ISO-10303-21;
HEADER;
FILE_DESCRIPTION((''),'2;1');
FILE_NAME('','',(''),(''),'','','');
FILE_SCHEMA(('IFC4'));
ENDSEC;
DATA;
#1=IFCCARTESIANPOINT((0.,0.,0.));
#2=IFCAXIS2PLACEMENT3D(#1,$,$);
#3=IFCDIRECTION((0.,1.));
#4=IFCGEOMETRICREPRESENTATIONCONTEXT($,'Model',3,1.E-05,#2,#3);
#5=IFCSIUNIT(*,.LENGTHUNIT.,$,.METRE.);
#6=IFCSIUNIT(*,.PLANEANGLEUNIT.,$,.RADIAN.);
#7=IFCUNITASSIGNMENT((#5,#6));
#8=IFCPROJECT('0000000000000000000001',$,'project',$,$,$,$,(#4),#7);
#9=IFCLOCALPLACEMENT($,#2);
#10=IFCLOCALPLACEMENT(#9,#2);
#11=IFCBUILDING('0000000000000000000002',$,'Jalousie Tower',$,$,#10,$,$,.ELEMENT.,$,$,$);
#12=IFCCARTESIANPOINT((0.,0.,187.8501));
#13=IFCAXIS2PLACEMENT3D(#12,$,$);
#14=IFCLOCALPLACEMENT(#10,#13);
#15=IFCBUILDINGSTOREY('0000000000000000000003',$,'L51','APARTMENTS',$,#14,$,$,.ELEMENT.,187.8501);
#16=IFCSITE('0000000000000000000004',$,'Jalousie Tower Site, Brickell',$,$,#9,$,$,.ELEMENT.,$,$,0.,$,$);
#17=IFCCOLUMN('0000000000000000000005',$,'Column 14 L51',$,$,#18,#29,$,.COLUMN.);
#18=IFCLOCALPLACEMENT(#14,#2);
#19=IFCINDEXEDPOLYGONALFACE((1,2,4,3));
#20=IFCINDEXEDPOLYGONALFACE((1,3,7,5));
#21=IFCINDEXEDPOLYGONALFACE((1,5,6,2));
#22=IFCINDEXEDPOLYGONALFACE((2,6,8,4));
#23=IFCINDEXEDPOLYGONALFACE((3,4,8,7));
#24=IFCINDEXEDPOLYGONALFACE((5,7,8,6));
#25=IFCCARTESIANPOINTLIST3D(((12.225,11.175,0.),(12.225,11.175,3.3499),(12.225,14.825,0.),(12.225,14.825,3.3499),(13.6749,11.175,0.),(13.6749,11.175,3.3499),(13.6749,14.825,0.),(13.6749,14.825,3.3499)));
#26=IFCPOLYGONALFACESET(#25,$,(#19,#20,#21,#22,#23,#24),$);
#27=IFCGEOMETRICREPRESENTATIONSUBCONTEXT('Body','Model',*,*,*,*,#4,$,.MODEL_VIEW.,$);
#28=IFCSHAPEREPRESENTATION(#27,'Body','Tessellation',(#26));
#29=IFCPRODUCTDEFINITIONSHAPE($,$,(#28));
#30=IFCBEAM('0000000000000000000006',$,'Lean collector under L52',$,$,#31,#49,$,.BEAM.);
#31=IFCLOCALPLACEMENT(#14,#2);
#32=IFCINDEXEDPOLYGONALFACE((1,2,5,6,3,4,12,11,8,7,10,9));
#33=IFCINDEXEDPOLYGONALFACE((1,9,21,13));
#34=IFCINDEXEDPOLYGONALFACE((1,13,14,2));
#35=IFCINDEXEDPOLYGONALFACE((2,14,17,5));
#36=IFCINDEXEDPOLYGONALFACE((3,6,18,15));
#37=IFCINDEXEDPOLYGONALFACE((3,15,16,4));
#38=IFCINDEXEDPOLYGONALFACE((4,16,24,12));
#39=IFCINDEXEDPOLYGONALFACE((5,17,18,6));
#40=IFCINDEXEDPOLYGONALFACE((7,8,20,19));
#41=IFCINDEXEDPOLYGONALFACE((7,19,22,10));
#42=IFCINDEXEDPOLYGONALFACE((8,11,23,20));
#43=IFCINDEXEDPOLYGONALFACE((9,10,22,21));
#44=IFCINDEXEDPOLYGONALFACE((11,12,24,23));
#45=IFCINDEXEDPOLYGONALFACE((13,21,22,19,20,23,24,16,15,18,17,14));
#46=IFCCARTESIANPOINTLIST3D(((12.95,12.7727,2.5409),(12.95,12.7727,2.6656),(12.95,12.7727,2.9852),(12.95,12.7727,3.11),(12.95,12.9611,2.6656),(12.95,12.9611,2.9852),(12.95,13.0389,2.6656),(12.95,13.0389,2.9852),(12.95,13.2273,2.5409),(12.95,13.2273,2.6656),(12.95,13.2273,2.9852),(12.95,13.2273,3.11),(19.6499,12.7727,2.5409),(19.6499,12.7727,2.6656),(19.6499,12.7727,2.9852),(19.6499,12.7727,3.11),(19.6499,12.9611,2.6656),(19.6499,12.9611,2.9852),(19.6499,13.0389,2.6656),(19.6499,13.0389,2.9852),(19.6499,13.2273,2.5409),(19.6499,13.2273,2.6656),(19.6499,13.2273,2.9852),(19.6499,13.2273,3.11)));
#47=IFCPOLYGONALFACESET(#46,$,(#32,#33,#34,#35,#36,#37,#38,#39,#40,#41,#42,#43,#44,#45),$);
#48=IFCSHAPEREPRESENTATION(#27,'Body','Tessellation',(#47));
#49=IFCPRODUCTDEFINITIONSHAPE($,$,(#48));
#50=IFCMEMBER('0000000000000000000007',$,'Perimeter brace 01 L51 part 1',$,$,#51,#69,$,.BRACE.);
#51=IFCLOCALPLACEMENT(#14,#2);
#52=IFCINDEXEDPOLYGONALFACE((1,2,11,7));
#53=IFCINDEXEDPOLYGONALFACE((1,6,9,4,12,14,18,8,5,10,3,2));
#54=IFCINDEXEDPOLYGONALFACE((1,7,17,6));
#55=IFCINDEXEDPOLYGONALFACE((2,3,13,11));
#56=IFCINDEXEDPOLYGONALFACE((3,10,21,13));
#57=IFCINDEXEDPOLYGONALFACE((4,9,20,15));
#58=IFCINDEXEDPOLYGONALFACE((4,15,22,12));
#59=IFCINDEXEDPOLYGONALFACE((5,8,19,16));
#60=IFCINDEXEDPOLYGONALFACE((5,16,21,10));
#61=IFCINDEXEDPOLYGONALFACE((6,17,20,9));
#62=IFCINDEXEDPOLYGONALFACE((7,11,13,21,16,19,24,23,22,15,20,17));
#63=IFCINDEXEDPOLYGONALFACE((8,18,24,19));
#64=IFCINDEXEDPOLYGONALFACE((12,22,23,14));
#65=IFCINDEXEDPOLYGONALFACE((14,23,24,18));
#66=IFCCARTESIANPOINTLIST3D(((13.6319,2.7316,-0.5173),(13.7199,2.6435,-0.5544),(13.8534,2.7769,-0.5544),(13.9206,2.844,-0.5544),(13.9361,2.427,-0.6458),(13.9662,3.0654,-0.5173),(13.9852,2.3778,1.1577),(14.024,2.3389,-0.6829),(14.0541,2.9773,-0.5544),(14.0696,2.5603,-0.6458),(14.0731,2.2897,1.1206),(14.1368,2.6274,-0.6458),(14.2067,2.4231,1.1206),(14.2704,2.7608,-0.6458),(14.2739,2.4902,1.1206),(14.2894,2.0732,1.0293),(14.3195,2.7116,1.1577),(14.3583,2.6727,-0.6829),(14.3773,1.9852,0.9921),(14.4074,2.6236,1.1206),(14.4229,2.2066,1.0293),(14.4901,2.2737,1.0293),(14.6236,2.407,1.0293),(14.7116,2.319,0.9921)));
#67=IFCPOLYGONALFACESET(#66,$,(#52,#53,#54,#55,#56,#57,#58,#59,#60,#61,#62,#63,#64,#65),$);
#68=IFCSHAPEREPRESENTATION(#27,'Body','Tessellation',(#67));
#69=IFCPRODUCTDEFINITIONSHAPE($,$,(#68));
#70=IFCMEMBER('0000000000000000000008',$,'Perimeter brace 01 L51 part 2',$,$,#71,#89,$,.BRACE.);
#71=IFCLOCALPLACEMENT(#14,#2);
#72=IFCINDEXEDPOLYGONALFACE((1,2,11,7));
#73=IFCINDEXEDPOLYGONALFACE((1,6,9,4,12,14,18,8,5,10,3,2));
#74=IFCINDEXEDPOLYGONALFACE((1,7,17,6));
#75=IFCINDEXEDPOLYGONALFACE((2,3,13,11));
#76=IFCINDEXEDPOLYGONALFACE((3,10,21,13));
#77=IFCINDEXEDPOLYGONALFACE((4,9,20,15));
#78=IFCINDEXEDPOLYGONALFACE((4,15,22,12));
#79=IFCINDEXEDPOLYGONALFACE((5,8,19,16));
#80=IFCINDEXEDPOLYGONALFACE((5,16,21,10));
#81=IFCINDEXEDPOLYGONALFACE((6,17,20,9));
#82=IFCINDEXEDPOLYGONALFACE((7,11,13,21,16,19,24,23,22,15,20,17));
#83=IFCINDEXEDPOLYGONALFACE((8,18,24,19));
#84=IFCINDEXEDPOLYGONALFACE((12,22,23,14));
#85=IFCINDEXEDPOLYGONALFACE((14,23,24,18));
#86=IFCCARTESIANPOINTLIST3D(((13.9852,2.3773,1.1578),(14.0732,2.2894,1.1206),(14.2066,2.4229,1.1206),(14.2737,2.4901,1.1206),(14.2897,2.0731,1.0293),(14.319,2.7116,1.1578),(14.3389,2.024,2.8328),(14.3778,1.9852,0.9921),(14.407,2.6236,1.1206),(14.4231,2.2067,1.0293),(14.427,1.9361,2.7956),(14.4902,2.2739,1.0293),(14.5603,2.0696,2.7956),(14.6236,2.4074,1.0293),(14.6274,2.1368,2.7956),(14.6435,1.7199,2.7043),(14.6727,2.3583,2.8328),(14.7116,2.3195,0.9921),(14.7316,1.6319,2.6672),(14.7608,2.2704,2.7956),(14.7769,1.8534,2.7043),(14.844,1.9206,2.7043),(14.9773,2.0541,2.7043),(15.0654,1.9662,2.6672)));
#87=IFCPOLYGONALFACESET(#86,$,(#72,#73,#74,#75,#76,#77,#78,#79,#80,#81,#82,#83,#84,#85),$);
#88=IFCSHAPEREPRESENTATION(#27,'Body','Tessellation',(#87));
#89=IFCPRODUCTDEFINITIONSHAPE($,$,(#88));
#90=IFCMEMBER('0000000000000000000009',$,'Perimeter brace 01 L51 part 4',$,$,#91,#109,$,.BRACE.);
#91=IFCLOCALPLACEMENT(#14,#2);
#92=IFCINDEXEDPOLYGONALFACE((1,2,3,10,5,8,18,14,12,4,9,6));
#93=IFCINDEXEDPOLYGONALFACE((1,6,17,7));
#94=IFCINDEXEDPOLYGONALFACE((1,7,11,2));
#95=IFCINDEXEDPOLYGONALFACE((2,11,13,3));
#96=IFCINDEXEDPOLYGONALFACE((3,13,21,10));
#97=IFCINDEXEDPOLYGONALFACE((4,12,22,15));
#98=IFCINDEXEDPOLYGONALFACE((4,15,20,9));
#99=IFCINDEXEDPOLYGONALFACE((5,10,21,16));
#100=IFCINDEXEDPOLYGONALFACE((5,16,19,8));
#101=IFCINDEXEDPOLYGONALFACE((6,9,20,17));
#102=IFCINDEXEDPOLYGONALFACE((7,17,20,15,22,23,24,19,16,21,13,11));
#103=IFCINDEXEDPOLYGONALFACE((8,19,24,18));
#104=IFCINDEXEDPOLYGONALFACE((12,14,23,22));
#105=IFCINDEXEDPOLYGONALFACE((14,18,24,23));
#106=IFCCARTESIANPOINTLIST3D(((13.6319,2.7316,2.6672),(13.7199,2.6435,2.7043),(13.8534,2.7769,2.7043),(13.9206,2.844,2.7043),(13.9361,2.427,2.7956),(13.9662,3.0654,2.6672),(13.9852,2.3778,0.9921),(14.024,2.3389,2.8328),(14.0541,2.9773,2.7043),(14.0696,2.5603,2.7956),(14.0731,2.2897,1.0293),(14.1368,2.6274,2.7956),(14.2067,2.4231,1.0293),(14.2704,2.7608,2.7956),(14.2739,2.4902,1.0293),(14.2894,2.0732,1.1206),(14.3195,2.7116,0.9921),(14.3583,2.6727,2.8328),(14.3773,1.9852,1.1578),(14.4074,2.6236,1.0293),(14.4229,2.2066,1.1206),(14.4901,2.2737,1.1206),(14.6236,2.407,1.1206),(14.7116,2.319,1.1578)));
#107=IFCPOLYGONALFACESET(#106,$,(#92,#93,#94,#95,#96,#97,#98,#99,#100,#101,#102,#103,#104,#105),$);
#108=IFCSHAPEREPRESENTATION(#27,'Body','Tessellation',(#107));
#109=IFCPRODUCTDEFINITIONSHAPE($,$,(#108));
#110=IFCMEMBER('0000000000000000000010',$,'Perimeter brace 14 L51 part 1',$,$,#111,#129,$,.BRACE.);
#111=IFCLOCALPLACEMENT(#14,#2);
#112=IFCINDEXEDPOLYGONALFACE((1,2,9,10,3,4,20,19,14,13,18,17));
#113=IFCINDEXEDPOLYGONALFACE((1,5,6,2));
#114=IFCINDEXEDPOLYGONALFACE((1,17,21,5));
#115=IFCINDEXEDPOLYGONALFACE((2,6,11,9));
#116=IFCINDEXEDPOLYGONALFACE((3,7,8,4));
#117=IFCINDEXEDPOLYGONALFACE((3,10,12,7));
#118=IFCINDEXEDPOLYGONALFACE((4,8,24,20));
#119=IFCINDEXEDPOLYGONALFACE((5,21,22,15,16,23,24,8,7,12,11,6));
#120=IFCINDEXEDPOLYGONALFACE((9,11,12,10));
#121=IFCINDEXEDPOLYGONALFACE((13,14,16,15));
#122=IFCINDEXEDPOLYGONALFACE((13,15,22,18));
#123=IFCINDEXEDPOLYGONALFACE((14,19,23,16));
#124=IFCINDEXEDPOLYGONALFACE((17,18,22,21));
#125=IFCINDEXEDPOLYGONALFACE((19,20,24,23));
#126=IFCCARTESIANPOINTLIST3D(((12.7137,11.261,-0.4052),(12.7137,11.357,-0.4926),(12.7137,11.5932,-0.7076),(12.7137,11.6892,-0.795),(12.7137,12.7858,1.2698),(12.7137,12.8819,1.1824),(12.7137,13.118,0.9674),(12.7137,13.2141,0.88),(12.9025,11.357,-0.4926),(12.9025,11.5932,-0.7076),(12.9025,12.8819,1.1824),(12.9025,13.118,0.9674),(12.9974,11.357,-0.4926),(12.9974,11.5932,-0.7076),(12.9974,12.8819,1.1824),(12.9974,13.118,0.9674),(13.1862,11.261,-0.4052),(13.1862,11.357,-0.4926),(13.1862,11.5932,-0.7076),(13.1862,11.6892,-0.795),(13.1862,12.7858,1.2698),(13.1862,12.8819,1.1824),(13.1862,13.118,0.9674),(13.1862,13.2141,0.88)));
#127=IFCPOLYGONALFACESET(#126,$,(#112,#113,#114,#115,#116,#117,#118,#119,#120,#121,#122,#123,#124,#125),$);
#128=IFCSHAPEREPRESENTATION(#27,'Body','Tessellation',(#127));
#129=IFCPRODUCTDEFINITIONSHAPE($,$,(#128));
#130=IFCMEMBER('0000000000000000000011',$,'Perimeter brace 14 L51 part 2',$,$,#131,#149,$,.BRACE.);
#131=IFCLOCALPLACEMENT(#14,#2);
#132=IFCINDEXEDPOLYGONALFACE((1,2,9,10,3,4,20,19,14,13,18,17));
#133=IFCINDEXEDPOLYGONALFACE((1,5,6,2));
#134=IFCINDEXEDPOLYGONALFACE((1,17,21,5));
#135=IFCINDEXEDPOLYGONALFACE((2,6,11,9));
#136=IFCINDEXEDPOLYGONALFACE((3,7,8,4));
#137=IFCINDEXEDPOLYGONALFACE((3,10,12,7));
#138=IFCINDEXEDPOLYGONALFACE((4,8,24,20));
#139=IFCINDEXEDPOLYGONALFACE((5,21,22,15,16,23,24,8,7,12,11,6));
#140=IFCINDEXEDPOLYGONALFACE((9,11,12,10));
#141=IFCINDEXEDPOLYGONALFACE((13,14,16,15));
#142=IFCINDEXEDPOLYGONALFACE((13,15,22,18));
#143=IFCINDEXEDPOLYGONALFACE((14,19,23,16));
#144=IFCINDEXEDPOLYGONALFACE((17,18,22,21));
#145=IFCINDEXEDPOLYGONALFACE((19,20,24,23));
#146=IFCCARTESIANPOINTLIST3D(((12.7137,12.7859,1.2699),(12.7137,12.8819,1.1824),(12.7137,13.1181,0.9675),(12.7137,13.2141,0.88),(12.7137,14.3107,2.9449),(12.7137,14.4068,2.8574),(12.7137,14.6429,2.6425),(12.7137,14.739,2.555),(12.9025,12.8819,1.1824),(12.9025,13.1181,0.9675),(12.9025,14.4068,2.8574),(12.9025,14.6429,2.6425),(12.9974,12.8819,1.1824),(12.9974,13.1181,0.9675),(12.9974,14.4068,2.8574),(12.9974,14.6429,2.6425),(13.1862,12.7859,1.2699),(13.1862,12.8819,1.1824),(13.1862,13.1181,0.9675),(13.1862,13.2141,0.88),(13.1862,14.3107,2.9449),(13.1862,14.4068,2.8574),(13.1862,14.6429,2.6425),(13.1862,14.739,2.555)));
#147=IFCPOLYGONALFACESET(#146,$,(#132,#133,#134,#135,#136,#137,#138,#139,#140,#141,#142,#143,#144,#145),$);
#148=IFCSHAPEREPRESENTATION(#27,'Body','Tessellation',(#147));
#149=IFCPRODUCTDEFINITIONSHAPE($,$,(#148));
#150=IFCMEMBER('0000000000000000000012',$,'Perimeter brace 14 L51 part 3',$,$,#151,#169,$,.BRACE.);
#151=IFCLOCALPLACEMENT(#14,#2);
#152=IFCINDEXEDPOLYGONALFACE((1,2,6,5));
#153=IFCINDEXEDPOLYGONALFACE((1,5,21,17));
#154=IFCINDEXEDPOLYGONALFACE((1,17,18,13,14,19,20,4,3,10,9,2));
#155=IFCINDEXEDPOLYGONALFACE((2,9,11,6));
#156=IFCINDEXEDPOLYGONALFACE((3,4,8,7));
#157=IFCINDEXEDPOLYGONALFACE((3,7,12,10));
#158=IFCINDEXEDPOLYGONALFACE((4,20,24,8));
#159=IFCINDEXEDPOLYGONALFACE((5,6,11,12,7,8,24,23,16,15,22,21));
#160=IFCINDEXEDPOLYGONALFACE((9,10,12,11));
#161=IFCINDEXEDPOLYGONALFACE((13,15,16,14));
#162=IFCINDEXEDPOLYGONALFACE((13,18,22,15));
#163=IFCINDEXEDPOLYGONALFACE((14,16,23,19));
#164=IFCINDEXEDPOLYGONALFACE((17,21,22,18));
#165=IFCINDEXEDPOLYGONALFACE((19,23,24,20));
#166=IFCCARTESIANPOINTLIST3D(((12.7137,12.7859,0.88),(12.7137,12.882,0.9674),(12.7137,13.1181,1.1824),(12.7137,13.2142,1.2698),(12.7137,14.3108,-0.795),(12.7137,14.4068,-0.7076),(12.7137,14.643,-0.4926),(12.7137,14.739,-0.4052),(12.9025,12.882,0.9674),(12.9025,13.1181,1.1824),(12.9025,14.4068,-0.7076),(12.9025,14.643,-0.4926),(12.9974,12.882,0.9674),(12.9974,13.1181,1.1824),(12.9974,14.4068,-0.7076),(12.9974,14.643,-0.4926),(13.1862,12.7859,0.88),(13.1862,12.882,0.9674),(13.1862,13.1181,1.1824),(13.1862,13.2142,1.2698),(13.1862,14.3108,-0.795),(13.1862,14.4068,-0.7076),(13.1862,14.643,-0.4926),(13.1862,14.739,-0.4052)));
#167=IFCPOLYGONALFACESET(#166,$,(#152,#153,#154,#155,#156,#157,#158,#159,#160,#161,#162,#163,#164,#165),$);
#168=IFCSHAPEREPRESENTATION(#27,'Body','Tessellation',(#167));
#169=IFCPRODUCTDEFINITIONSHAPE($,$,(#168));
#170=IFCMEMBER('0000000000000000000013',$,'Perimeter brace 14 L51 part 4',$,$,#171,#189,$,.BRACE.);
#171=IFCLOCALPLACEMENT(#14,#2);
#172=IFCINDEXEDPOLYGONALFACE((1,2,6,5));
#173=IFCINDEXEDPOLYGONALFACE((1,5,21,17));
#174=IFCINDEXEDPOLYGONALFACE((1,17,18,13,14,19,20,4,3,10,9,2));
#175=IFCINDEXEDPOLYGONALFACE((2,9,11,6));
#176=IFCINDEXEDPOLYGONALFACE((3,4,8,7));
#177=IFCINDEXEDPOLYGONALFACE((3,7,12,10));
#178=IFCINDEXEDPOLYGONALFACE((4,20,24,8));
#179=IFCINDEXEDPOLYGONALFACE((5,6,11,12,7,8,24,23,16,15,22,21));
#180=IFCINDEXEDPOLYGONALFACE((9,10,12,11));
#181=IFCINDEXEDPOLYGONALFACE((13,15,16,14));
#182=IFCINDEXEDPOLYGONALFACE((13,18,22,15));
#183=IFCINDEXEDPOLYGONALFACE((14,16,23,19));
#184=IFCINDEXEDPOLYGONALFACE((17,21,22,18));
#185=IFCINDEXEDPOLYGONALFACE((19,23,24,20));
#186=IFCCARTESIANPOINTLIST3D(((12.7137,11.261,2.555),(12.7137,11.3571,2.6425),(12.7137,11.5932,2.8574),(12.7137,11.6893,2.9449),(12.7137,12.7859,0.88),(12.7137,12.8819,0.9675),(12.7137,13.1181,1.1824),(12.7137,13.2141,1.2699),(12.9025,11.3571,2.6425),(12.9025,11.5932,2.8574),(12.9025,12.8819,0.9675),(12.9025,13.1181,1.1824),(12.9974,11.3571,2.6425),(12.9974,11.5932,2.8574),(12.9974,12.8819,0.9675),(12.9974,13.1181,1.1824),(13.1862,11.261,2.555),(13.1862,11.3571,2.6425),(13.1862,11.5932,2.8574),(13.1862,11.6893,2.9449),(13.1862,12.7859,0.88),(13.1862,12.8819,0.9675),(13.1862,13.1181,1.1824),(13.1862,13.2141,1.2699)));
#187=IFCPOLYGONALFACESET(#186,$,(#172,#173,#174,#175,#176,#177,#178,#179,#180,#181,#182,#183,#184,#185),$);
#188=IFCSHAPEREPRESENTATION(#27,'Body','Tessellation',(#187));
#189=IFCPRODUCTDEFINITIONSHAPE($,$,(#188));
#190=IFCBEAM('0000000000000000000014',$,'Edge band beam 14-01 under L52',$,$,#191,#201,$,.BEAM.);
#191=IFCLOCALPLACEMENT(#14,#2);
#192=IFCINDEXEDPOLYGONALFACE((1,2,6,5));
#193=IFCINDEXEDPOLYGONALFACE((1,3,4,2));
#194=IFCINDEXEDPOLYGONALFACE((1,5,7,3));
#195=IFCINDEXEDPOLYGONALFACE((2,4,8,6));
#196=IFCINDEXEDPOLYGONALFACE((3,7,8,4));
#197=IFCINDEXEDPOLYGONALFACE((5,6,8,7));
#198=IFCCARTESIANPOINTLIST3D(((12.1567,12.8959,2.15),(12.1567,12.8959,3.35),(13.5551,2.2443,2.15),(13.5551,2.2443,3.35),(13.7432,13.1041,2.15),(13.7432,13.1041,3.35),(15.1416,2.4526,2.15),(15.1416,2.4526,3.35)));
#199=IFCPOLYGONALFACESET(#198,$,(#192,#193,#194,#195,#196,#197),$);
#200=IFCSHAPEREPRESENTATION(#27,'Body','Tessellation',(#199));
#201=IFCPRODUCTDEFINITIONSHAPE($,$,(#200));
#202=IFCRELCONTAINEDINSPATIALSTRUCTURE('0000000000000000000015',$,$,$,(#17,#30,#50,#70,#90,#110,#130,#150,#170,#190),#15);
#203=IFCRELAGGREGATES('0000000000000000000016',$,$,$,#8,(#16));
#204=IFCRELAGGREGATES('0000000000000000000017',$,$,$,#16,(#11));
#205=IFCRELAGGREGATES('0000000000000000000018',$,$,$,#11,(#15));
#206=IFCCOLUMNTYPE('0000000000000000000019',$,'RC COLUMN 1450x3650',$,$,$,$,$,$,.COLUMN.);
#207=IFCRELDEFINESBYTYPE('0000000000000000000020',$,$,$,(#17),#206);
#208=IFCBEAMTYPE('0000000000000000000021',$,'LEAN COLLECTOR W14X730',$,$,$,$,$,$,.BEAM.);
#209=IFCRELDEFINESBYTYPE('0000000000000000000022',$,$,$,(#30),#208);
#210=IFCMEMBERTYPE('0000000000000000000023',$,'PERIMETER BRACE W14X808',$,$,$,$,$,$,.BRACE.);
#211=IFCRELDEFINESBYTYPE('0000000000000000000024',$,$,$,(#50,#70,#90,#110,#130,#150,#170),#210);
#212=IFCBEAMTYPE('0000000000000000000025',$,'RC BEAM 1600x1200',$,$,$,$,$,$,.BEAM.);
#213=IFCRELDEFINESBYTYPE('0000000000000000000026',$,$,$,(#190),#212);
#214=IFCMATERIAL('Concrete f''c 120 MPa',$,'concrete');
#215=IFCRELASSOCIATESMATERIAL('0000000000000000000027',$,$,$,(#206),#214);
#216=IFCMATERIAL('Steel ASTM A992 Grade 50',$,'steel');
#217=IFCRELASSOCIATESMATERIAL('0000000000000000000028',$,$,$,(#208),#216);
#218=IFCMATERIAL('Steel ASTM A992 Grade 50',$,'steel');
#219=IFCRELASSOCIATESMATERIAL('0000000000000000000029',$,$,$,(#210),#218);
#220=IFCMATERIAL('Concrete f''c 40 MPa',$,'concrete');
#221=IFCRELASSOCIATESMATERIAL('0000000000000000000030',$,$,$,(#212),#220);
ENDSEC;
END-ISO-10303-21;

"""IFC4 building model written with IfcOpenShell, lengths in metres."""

from ifc_helpers import new_model, si_unit, direction, frame, origin, origin_2d, place, context, subcontext, project, spatial, rectangle, i_section, extrude, material, material_profile, profile_set, type_object, element, save


model = new_model("IFC4")

# Units and contexts
model_context = context("Model", 3, precision=1e-05, world=origin(), true_north=direction((0.0, 1.0)))
body_context = subcontext(model_context, "Body", "Model", "MODEL_VIEW")
ifc_project = project(units=[si_unit("LENGTHUNIT", "METRE"), si_unit("PLANEANGLEUNIT", "RADIAN")], contexts=[model_context])

# Site, building, storey
site_placement = place(None, origin())
site = spatial("IfcSite", under=ifc_project, at=site_placement, Name="Jalousie Tower Site, Brickell", CompositionType="ELEMENT", RefElevation=0.0)
building_placement = place(site_placement, origin())
building = spatial("IfcBuilding", under=site, at=building_placement, Name="Jalousie Tower", CompositionType="ELEMENT")
storey_placement = place(building_placement, frame((0.0, 0.0, 187.8501)))
storey = spatial("IfcBuildingStorey", under=building, at=storey_placement, Name="L51", Description="APARTMENTS", CompositionType="ELEMENT", Elevation=187.8501)

# Column
ifc_material_1 = material(Name="Concrete f'c 120 MPa", Category="concrete")
ifc_material_profile_1 = material_profile(ifc_material_1, rectangle(XDim=1.45, YDim=3.6499, at=origin_2d()), Name="RC 1450x3650")
ifc_profile_set_1 = profile_set([ifc_material_profile_1], Name="Concrete f'c 120 MPa")
column_type = type_object("IfcColumnType", Name="RC COLUMN 1450x3650", PredefinedType="COLUMN", material=ifc_profile_set_1)
column_placement = place(storey_placement, frame((12.95, 13.0, 0.0), z_axis=(0.0, 0.0, 1.0), x_axis=(1.0, 0.0, 0.0)))
element("IfcColumn", 1, at=column_placement, inside=storey, type_object=column_type, Name="Column 14 L51", PredefinedType="COLUMN", context=body_context, shape_type="SweptSolid", body=[
    extrude(rectangle(XDim=1.45, YDim=3.6499, at=origin_2d()), origin(), (0.0, 0.0, 1.0), 3.3499),
])

# Beam
ifc_material_2 = material(Name="Steel ASTM A992 Grade 50", Category="steel")
ifc_material_profile_2 = material_profile(ifc_material_2, i_section(OverallWidth=0.4546, OverallDepth=0.5691, WebThickness=0.0779, FlangeThickness=0.1248, at=origin_2d()), Name="W14X730")
ifc_profile_set_2 = profile_set([ifc_material_profile_2], Name="Steel ASTM A992 Grade 50")
beam_type_1 = type_object("IfcBeamType", Name="LEAN COLLECTOR W14X730", PredefinedType="BEAM", material=ifc_profile_set_2)
beam_1_placement = place(storey_placement, frame((12.95, 13.0, 2.8254), z_axis=(1.0, 0.0, 0.0), x_axis=(0.0, 1.0, 0.0)))
element("IfcBeam", 2, at=beam_1_placement, inside=storey, type_object=beam_type_1, Name="Lean collector under L52", PredefinedType="BEAM", context=body_context, shape_type="SweptSolid", body=[
    extrude(i_section(OverallWidth=0.4546, OverallDepth=0.5691, WebThickness=0.0779, FlangeThickness=0.1248, at=origin_2d()), origin(), (0.0, 0.0, 1.0), 6.7),
])

# Members
ifc_material_3 = material(Name="Steel ASTM A992 Grade 50", Category="steel")
ifc_material_profile_3 = material_profile(ifc_material_3, i_section(OverallWidth=0.4724, OverallDepth=0.5791, WebThickness=0.095, FlangeThickness=0.1299, at=origin_2d()), Name="W14X808")
ifc_profile_set_3 = profile_set([ifc_material_profile_3], Name="Steel ASTM A992 Grade 50")
member_type = type_object("IfcMemberType", Name="PERIMETER BRACE W14X808", PredefinedType="BRACE", material=ifc_profile_set_3)
for number, where, z_axis, x_axis, name in (
    (3, (13.9951, 2.7021, -0.6001), (0.202093, -0.202372, 0.95823), (0.707595, 0.706618, 0.0), "Perimeter brace 01 L51 part 1"),
    (4, (14.3484, 2.3484, 1.075), (0.202372, -0.202093, 0.95823), (0.706618, 0.707595, 0.0), "Perimeter brace 01 L51 part 2"),
    (5, (14.3484, 2.3484, 1.075), (-0.202093, 0.202372, 0.95823), (-0.707595, -0.706618, 0.0), "Perimeter brace 01 L51 part 4"),
):
    element("IfcMember", number, at=place(storey_placement, frame(where, z_axis=z_axis, x_axis=x_axis)), inside=storey, type_object=member_type, Name=name, PredefinedType="BRACE", context=body_context, shape_type="SweptSolid", body=[
        extrude(i_section(OverallWidth=0.4724, OverallDepth=0.5791, WebThickness=0.095, FlangeThickness=0.1299, at=origin_2d()), origin(), (0.0, 0.0, 1.0), 1.748),
    ])
for number, where, z_axis, x_axis, name in (
    (6, (12.95, 11.4751, -0.6001), (0.0, 0.673188, 0.739472), (-1.0, 0.0, 0.0), "Perimeter brace 14 L51 part 1"),
    (7, (12.95, 13.0, 1.075), (0.0, 0.673188, 0.739472), (-1.0, 0.0, 0.0), "Perimeter brace 14 L51 part 2"),
    (8, (12.95, 14.5249, -0.6001), (0.0, -0.673188, 0.739472), (1.0, 0.0, 0.0), "Perimeter brace 14 L51 part 3"),
    (9, (12.95, 13.0, 1.075), (0.0, -0.673188, 0.739472), (1.0, 0.0, 0.0), "Perimeter brace 14 L51 part 4"),
):
    element("IfcMember", number, at=place(storey_placement, frame(where, z_axis=z_axis, x_axis=x_axis)), inside=storey, type_object=member_type, Name=name, PredefinedType="BRACE", context=body_context, shape_type="SweptSolid", body=[
        extrude(i_section(OverallWidth=0.4724, OverallDepth=0.5791, WebThickness=0.095, FlangeThickness=0.1299, at=origin_2d()), origin(), (0.0, 0.0, 1.0), 2.2651),
    ])

# Beam
ifc_material_4 = material(Name="Concrete f'c 40 MPa", Category="concrete")
ifc_material_profile_4 = material_profile(ifc_material_4, rectangle(XDim=1.6001, YDim=1.2, at=origin_2d()), Name="RC 1600x1200")
ifc_profile_set_4 = profile_set([ifc_material_profile_4], Name="Concrete f'c 40 MPa")
beam_type_2 = type_object("IfcBeamType", Name="RC BEAM 1600x1200", PredefinedType="BEAM", material=ifc_profile_set_4)
beam_2_placement = place(storey_placement, frame((12.95, 13.0, 2.75), z_axis=(0.130172, -0.991491, 0.0), x_axis=(0.991491, 0.130172, 0.0)))
element("IfcBeam", 10, at=beam_2_placement, inside=storey, type_object=beam_type_2, Name="Edge band beam 14-01 under L52", PredefinedType="BEAM", context=body_context, shape_type="SweptSolid", body=[
    extrude(rectangle(XDim=1.6001, YDim=1.2, at=origin_2d()), origin(), (0.0, 0.0, 1.0), 10.7429),
])

save(model, "model.ifc")
